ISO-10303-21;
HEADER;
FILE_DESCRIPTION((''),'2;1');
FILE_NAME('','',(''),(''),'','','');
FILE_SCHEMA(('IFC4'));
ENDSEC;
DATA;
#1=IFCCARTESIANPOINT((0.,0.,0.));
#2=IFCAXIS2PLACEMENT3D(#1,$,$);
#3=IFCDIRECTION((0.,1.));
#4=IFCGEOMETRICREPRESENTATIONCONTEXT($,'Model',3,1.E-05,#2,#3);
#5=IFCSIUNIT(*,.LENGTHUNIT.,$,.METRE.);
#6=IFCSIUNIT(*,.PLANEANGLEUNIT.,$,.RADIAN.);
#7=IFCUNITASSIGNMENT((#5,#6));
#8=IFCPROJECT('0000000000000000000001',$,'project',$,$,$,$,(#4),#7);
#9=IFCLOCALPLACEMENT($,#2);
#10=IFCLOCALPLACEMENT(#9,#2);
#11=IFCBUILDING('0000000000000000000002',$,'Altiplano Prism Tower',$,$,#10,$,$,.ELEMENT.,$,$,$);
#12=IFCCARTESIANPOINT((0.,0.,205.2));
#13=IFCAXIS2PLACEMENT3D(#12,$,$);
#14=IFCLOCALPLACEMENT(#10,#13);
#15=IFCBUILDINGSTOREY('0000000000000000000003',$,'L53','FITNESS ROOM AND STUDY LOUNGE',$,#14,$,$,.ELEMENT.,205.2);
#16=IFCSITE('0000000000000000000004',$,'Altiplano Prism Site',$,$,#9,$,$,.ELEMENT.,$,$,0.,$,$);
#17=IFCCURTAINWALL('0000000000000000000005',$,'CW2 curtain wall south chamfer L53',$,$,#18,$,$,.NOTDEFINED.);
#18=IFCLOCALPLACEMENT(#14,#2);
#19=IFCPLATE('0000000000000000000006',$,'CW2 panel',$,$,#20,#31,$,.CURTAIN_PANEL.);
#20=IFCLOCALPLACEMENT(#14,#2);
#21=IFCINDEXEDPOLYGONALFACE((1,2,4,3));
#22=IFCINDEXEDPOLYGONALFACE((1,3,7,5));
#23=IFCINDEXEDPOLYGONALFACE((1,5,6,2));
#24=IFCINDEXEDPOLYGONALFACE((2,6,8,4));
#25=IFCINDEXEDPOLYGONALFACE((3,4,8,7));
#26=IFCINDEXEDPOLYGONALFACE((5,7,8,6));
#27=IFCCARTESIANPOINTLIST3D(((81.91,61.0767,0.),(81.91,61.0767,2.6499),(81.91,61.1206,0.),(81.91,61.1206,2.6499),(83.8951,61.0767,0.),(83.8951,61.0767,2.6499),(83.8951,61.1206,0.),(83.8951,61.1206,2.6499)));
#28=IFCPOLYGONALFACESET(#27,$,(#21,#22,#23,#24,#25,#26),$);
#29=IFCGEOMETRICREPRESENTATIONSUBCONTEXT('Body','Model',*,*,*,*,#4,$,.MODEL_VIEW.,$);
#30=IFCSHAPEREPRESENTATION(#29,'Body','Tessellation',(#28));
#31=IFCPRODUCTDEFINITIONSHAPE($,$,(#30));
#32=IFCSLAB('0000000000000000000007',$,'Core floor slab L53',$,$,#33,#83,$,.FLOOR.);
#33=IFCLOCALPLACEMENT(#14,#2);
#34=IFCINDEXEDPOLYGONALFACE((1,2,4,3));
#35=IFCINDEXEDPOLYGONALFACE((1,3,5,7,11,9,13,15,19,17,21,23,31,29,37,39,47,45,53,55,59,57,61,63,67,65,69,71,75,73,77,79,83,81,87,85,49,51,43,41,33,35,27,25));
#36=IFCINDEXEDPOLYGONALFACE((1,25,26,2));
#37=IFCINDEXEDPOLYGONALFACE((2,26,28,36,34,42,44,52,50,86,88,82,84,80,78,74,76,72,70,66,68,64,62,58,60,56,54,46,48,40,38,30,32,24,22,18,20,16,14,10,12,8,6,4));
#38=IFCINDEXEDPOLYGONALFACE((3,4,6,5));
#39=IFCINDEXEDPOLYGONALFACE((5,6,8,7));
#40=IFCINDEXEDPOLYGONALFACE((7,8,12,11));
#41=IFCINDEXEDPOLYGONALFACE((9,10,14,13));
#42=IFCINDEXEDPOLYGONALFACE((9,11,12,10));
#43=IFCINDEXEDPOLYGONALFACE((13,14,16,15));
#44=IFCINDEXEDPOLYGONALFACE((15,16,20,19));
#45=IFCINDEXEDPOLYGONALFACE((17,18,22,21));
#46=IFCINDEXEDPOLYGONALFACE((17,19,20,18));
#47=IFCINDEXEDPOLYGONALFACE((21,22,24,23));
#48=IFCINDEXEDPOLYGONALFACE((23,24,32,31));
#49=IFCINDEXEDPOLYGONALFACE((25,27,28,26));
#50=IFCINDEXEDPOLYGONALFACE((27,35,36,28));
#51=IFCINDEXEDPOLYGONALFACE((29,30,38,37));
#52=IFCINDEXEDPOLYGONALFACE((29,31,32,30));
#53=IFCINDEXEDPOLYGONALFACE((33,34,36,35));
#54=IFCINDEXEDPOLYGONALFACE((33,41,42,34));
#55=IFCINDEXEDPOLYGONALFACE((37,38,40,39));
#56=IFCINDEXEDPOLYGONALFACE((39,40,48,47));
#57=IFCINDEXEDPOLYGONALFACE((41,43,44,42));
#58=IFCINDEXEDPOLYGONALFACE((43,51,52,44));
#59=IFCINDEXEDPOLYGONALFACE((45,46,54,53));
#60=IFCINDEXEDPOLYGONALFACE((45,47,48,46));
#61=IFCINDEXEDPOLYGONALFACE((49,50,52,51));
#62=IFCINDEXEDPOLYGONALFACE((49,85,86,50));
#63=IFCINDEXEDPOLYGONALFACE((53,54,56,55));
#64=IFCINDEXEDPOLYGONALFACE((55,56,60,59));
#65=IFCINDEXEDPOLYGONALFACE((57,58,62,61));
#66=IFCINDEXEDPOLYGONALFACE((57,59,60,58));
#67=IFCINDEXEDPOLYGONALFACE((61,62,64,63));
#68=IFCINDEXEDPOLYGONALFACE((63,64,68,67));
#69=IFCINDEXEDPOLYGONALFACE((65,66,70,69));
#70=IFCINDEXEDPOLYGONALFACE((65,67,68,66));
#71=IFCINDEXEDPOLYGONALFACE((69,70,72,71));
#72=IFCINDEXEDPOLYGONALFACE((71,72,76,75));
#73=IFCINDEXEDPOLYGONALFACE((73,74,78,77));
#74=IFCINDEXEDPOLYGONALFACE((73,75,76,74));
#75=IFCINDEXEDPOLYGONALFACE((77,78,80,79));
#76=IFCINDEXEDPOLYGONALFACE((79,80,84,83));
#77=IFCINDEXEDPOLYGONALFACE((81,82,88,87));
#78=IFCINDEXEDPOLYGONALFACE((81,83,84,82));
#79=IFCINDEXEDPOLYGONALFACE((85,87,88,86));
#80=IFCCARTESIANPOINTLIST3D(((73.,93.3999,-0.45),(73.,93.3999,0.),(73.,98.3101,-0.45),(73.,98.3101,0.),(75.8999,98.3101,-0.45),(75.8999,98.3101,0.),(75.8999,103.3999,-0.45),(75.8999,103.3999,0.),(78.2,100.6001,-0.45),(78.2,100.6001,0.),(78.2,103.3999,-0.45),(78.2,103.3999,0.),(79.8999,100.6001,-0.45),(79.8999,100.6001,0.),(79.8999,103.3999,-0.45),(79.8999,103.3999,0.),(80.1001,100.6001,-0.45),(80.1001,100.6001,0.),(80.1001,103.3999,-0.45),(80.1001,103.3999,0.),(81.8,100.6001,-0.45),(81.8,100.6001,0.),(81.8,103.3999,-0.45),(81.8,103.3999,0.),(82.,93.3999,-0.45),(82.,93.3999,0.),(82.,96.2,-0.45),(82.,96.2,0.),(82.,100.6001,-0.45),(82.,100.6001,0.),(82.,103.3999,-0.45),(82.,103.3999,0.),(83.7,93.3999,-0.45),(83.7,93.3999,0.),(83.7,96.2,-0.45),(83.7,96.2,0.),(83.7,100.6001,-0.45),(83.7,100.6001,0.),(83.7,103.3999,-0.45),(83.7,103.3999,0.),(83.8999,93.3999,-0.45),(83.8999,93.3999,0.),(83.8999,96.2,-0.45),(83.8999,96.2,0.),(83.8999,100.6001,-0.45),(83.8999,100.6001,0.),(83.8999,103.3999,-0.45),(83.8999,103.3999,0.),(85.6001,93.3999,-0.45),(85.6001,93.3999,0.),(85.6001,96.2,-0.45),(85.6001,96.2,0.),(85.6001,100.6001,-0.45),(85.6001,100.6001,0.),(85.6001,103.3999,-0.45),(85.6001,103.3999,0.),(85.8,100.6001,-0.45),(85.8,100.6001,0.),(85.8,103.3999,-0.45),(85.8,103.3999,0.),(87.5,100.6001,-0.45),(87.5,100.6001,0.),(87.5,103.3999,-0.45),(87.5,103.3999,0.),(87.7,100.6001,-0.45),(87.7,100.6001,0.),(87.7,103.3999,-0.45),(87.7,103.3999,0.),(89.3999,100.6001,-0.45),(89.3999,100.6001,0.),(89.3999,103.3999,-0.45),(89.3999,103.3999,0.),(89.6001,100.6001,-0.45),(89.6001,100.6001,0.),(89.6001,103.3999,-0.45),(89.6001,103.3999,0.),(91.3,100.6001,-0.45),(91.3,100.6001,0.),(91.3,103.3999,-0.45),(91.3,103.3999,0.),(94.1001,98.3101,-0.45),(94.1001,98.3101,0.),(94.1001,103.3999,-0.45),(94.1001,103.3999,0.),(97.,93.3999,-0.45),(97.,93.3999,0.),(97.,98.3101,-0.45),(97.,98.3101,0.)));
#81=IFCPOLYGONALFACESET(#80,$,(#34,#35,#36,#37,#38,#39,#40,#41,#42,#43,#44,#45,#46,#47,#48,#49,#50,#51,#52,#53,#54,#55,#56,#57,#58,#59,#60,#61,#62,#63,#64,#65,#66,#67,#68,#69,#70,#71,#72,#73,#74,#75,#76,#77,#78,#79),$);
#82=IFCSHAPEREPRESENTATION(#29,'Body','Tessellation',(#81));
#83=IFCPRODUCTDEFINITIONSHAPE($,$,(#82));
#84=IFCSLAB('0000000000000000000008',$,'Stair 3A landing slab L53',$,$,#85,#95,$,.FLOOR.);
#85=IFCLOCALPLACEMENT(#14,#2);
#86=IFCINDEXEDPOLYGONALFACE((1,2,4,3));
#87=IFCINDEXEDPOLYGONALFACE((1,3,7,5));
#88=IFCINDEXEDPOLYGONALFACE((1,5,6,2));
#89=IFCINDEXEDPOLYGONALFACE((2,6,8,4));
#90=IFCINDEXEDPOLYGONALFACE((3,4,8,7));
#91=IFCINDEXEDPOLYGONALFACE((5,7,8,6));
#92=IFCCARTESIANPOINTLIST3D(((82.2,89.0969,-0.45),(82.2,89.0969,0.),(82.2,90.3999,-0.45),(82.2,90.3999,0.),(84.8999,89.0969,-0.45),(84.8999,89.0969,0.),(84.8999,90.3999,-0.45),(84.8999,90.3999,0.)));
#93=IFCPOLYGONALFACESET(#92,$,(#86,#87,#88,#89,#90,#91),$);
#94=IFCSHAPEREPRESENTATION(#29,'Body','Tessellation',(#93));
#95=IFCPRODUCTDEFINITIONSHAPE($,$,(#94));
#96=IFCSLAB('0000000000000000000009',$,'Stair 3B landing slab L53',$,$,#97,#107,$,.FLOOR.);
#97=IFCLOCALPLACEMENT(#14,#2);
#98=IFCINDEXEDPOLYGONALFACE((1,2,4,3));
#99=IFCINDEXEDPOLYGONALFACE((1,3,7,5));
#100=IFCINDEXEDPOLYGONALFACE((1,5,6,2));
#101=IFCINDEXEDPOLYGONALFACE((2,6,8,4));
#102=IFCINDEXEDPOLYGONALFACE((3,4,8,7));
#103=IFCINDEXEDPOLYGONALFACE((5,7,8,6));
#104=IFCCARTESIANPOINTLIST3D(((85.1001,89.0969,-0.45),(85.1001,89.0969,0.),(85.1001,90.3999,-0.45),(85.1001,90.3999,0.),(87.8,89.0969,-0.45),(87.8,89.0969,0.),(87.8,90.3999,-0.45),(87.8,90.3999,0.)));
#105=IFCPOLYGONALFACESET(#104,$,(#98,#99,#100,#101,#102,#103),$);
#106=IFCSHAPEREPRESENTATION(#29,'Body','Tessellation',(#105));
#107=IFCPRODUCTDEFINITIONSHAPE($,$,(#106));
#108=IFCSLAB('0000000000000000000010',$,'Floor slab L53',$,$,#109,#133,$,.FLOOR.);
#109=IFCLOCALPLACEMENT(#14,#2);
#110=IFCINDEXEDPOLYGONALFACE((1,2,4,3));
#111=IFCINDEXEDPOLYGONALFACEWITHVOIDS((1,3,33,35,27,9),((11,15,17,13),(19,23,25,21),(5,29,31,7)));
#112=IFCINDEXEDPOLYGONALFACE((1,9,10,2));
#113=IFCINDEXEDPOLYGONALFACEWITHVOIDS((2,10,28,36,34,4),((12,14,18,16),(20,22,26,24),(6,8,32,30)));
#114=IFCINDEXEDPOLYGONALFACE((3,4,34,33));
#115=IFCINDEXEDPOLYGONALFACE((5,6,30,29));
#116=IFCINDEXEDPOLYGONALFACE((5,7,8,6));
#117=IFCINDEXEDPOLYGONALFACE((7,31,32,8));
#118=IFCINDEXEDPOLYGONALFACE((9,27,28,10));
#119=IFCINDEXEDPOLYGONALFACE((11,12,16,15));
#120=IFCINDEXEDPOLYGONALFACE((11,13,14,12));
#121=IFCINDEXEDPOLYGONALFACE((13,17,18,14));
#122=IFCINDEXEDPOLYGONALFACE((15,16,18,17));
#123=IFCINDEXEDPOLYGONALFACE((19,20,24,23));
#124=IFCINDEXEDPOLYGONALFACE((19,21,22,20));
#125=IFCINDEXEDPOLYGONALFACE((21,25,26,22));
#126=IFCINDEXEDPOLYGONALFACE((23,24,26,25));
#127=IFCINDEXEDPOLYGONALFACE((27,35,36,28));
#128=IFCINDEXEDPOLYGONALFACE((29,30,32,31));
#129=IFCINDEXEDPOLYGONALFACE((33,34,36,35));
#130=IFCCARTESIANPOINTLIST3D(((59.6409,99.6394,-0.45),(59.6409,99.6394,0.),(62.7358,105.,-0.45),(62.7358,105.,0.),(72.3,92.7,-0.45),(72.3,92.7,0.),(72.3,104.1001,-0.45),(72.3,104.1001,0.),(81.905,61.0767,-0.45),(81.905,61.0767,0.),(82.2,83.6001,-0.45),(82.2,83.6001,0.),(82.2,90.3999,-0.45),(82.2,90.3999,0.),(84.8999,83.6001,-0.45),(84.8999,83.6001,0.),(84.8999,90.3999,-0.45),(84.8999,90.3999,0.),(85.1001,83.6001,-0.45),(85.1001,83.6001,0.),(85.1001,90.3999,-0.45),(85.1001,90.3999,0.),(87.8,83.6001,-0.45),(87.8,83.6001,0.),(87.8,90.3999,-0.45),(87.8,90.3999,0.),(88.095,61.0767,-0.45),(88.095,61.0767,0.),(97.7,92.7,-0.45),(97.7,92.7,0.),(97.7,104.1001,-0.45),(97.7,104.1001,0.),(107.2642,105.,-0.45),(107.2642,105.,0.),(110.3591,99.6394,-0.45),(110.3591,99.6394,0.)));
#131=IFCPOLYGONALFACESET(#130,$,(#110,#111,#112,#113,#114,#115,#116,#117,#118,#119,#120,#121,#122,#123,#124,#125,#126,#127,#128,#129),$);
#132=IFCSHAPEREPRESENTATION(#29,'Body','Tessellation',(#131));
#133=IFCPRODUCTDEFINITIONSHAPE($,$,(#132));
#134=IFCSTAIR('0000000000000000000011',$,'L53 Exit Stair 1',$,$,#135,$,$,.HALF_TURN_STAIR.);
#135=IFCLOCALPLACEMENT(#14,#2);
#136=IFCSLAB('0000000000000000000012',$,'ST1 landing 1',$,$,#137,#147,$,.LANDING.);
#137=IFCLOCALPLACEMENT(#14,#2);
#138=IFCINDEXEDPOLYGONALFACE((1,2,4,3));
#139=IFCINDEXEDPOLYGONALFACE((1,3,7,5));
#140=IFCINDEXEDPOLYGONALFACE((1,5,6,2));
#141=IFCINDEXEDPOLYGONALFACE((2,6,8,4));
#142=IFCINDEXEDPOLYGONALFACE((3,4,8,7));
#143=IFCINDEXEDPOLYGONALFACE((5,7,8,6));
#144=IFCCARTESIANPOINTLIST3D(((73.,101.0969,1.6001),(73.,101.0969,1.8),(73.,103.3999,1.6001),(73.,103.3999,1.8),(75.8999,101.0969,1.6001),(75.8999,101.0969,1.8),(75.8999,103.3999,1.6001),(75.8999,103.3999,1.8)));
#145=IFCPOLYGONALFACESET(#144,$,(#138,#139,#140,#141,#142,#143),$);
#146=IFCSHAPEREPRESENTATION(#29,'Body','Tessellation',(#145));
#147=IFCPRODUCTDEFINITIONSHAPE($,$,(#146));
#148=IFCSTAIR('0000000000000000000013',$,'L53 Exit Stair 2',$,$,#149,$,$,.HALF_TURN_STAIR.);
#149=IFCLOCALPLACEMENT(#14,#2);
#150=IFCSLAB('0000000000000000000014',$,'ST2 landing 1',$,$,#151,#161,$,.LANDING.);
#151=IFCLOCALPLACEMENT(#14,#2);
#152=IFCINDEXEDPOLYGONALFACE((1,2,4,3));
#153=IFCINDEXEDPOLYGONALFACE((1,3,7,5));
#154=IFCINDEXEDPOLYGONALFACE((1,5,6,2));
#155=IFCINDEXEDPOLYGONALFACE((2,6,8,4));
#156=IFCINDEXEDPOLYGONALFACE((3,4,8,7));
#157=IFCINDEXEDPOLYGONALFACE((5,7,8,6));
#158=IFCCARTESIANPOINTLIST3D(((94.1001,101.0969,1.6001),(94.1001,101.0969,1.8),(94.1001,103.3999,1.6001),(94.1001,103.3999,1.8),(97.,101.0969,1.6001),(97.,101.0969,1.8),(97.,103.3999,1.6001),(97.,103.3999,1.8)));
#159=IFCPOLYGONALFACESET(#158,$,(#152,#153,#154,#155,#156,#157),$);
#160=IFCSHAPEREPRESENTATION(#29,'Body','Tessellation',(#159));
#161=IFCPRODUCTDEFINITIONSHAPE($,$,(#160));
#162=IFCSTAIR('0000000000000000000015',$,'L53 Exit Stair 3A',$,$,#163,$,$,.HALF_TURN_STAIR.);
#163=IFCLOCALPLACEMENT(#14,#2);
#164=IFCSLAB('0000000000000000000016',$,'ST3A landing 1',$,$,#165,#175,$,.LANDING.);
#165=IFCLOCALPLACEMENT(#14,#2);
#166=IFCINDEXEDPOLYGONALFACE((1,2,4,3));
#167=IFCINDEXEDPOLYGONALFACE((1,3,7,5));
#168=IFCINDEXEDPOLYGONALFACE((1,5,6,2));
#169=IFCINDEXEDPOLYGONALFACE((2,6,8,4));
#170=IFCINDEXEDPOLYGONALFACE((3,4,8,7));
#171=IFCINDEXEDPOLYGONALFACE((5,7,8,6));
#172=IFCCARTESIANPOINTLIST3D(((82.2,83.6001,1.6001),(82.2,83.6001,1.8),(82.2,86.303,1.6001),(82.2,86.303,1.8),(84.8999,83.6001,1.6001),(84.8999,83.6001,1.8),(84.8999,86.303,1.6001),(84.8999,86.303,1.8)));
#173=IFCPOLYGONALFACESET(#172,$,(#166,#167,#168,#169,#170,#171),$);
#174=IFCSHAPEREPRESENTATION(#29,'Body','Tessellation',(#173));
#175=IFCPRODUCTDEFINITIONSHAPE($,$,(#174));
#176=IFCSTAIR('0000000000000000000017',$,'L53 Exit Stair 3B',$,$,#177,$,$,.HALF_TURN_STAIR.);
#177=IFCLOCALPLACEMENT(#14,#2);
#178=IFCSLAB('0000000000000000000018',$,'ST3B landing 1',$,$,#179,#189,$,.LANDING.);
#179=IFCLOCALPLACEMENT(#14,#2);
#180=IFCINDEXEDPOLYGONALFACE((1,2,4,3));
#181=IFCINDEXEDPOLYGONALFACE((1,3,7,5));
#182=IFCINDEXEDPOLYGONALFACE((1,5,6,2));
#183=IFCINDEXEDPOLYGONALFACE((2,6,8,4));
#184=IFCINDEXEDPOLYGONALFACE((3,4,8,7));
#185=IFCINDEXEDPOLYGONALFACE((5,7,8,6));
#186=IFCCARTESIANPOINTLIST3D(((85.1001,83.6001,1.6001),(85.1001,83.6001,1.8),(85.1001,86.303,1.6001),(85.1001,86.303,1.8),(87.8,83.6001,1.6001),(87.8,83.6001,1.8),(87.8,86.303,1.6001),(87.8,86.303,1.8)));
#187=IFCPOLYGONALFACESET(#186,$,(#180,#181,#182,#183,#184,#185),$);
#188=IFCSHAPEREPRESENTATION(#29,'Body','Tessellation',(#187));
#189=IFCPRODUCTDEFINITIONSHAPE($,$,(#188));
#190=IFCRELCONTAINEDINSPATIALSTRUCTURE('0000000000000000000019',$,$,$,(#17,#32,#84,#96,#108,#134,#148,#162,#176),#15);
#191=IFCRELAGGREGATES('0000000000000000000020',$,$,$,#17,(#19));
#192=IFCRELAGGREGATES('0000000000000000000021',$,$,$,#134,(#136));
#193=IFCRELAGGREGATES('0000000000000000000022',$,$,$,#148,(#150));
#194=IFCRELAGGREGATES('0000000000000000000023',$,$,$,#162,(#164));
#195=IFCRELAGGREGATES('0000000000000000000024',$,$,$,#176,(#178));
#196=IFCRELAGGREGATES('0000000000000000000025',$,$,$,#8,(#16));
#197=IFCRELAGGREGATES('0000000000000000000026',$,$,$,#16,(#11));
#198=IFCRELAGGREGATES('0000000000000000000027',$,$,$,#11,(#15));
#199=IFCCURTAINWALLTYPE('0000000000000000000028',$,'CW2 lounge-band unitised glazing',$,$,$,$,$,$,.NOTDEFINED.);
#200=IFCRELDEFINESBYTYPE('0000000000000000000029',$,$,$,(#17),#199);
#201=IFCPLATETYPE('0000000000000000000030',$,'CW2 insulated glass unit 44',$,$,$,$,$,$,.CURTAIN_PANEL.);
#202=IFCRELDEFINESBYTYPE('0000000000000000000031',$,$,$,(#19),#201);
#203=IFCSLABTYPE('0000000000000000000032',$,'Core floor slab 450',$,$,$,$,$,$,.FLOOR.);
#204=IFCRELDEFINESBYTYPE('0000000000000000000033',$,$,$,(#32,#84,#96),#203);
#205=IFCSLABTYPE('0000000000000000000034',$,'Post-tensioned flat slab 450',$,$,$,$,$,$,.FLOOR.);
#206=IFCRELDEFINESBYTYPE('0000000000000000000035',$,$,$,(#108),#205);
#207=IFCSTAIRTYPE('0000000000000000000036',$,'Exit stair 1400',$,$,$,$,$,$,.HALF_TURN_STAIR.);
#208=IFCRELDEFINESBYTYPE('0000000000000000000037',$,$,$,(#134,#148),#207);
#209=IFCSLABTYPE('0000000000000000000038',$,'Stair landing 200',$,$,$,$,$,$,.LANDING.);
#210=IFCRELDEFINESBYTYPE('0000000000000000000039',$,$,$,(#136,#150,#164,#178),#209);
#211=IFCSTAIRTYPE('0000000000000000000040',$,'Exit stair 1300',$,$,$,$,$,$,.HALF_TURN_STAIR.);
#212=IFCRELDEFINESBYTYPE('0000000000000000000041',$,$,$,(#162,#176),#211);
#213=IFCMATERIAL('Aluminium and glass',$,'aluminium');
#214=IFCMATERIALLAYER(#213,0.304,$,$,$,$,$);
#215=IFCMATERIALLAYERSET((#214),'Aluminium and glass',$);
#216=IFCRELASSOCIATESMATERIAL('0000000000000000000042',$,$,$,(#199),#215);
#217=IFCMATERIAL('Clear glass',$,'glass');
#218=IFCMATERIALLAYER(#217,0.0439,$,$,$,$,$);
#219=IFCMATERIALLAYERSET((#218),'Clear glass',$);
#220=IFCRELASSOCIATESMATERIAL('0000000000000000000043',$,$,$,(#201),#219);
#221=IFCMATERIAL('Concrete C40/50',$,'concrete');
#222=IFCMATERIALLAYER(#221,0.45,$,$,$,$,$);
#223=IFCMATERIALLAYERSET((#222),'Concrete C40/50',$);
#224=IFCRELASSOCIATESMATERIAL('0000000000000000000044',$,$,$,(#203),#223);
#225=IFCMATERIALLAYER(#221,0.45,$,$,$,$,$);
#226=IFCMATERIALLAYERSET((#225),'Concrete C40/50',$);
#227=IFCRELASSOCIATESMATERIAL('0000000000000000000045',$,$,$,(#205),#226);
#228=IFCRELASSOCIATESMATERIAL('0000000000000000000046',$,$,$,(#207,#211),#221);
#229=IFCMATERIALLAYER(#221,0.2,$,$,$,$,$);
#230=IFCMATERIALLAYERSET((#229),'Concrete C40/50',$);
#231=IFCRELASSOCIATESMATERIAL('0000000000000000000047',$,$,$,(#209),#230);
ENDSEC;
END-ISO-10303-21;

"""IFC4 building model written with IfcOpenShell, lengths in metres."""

from ifc_helpers import new_model, si_unit, direction, frame, origin, origin_2d, place, context, subcontext, project, spatial, polyline, rectangle, outline, extrude, material, layer, layer_set, type_object, element, aggregate, save


model = new_model("IFC4")

# Units and contexts
model_context = context("Model", 3, precision=1e-05, world=origin(), true_north=direction((0.0, 1.0)))
body_context = subcontext(model_context, "Body", "Model", "MODEL_VIEW")
ifc_project = project(units=[si_unit("LENGTHUNIT", "METRE"), si_unit("PLANEANGLEUNIT", "RADIAN")], contexts=[model_context])

# Site, building, storey
site_placement = place(None, origin())
site = spatial("IfcSite", under=ifc_project, at=site_placement, Name="Altiplano Prism Site", CompositionType="ELEMENT", RefElevation=0.0)
building_placement = place(site_placement, origin())
building = spatial("IfcBuilding", under=site, at=building_placement, Name="Altiplano Prism Tower", CompositionType="ELEMENT")
storey_placement = place(building_placement, frame((0.0, 0.0, 205.2)))
storey = spatial("IfcBuildingStorey", under=building, at=storey_placement, Name="L53", Description="FITNESS ROOM AND STUDY LOUNGE", CompositionType="ELEMENT", Elevation=205.2)

# Shared definitions
ifc_material_1 = material(Name="Aluminium and glass", Category="aluminium")
ifc_layer_1 = layer(ifc_material_1, 0.304)
ifc_layer_set_1 = layer_set([ifc_layer_1], Name="Aluminium and glass")
curtain_wall_type = type_object("IfcCurtainWallType", Name="CW2 lounge-band unitised glazing", PredefinedType="NOTDEFINED", material=ifc_layer_set_1)

# Curtain wall
curtain_wall_1_placement = place(storey_placement, origin())
curtain_wall_1 = element("IfcCurtainWall", 1, at=curtain_wall_1_placement, inside=storey, type_object=curtain_wall_type, Name="CW2 curtain wall south chamfer L53", PredefinedType="NOTDEFINED")

# Plate
ifc_material_2 = material(Name="Clear glass", Category="glass")
ifc_layer_2 = layer(ifc_material_2, 0.0439)
ifc_layer_set_2 = layer_set([ifc_layer_2], Name="Clear glass")
plate_type = type_object("IfcPlateType", Name="CW2 insulated glass unit 44", PredefinedType="CURTAIN_PANEL", material=ifc_layer_set_2)
plate_1_placement = place(storey_placement, frame((82.9026, 61.0986, 0.0), z_axis=(0.0, 0.0, 1.0), x_axis=(1.0, 0.0, 0.0)))
plate_1 = element("IfcPlate", 2, at=plate_1_placement, type_object=plate_type, Name="CW2 panel", PredefinedType="CURTAIN_PANEL", context=body_context, shape_type="SweptSolid", body=[
    extrude(rectangle(XDim=1.9851, YDim=0.0439, at=origin_2d()), origin(), (0.0, 0.0, 1.0), 2.6499),
])
aggregate(curtain_wall_1, [plate_1])

# Slabs
ifc_material_3 = material(Name="Concrete C40/50", Category="concrete")
ifc_layer_3 = layer(ifc_material_3, 0.45)
ifc_layer_set_3 = layer_set([ifc_layer_3], Name="Concrete C40/50")
slab_type_1 = type_object("IfcSlabType", Name="Core floor slab 450", PredefinedType="FLOOR", material=ifc_layer_set_3)
slab_1_placement = place(storey_placement, frame((0.0, 0.0, -0.45)))
element("IfcSlab", 3, at=slab_1_placement, inside=storey, type_object=slab_type_1, Name="Core floor slab L53", PredefinedType="FLOOR", context=body_context, shape_type="SweptSolid", body=[
    extrude(outline(polyline([(97.0, 98.3101), (94.1001, 98.3101), (94.1001, 103.3999), (91.3, 103.3999), (91.3, 100.6001), (89.6001, 100.6001), (89.6001, 103.3999), (89.3999, 103.3999), (89.3999, 100.6001), (87.7, 100.6001), (87.7, 103.3999), (87.5, 103.3999), (87.5, 100.6001), (85.8, 100.6001), (85.8, 103.3999), (85.6001, 103.3999), (85.6001, 100.6001), (83.8999, 100.6001), (83.8999, 103.3999), (83.7, 103.3999), (83.7, 100.6001), (82.0, 100.6001), (82.0, 103.3999), (81.8, 103.3999), (81.8, 100.6001), (80.1001, 100.6001), (80.1001, 103.3999), (79.8999, 103.3999), (79.8999, 100.6001), (78.2, 100.6001), (78.2, 103.3999), (75.8999, 103.3999), (75.8999, 98.3101), (73.0, 98.3101), (73.0, 93.3999), (82.0, 93.3999), (82.0, 96.2), (83.7, 96.2), (83.7, 93.3999), (83.8999, 93.3999), (83.8999, 96.2), (85.6001, 96.2), (85.6001, 93.3999), (97.0, 93.3999), (97.0, 98.3101)])), origin(), (0.0, 0.0, 1.0), 0.45),
])
slab_2_placement = place(storey_placement, frame((0.0, 0.0, -0.45)))
element("IfcSlab", 4, at=slab_2_placement, inside=storey, type_object=slab_type_1, Name="Stair 3A landing slab L53", PredefinedType="FLOOR", context=body_context, shape_type="SweptSolid", body=[
    extrude(outline(polyline([(82.2, 89.0969), (84.8999, 89.0969), (84.8999, 90.3999), (82.2, 90.3999), (82.2, 89.0969)])), origin(), (0.0, 0.0, 1.0), 0.45),
])
slab_3_placement = place(storey_placement, frame((0.0, 0.0, -0.45)))
element("IfcSlab", 5, at=slab_3_placement, inside=storey, type_object=slab_type_1, Name="Stair 3B landing slab L53", PredefinedType="FLOOR", context=body_context, shape_type="SweptSolid", body=[
    extrude(outline(polyline([(85.1001, 89.0969), (87.8, 89.0969), (87.8, 90.3999), (85.1001, 90.3999), (85.1001, 89.0969)])), origin(), (0.0, 0.0, 1.0), 0.45),
])
ifc_layer_4 = layer(ifc_material_3, 0.45)
ifc_layer_set_4 = layer_set([ifc_layer_4], Name="Concrete C40/50")
slab_type_2 = type_object("IfcSlabType", Name="Post-tensioned flat slab 450", PredefinedType="FLOOR", material=ifc_layer_set_4)
slab_4_placement = place(storey_placement, frame((0.0, 0.0, -0.45)))
element("IfcSlab", 6, at=slab_4_placement, inside=storey, type_object=slab_type_2, Name="Floor slab L53", PredefinedType="FLOOR", context=body_context, shape_type="SweptSolid", body=[
    extrude(outline(polyline([(81.905, 61.0767), (59.6409, 99.6394), (62.7358, 105.0), (107.2642, 105.0), (110.3591, 99.6394), (88.095, 61.0767), (81.905, 61.0767)]), holes=[polyline([(72.3, 104.1001), (72.3, 92.7), (97.7, 92.7), (97.7, 104.1001), (72.3, 104.1001)]), polyline([(84.8999, 90.3999), (82.2, 90.3999), (82.2, 83.6001), (84.8999, 83.6001), (84.8999, 90.3999)]), polyline([(87.8, 83.6001), (87.8, 90.3999), (85.1001, 90.3999), (85.1001, 83.6001), (87.8, 83.6001)])]), origin(), (0.0, 0.0, 1.0), 0.45),
])

# Stairs, slabs
stair_type_1 = type_object("IfcStairType", Name="Exit stair 1400", PredefinedType="HALF_TURN_STAIR", material=ifc_material_3)
stair_1_placement = place(storey_placement, origin())
stair_1 = element("IfcStair", 7, at=stair_1_placement, inside=storey, type_object=stair_type_1, Name="L53 Exit Stair 1", PredefinedType="HALF_TURN_STAIR")
ifc_layer_5 = layer(ifc_material_3, 0.2)
ifc_layer_set_5 = layer_set([ifc_layer_5], Name="Concrete C40/50")
slab_type_3 = type_object("IfcSlabType", Name="Stair landing 200", PredefinedType="LANDING", material=ifc_layer_set_5)
slab_5_placement = place(storey_placement, frame((0.0, 0.0, 1.6001)))
slab_5 = element("IfcSlab", 8, at=slab_5_placement, type_object=slab_type_3, Name="ST1 landing 1", PredefinedType="LANDING", context=body_context, shape_type="SweptSolid", body=[
    extrude(outline(polyline([(75.8999, 101.0969), (75.8999, 103.3999), (73.0, 103.3999), (73.0, 101.0969), (75.8999, 101.0969)])), origin(), (0.0, 0.0, 1.0), 0.2),
])
aggregate(stair_1, [slab_5])
stair_2_placement = place(storey_placement, origin())
stair_2 = element("IfcStair", 9, at=stair_2_placement, inside=storey, type_object=stair_type_1, Name="L53 Exit Stair 2", PredefinedType="HALF_TURN_STAIR")
slab_6_placement = place(storey_placement, frame((0.0, 0.0, 1.6001)))
slab_6 = element("IfcSlab", 10, at=slab_6_placement, type_object=slab_type_3, Name="ST2 landing 1", PredefinedType="LANDING", context=body_context, shape_type="SweptSolid", body=[
    extrude(outline(polyline([(97.0, 101.0969), (97.0, 103.3999), (94.1001, 103.3999), (94.1001, 101.0969), (97.0, 101.0969)])), origin(), (0.0, 0.0, 1.0), 0.2),
])
aggregate(stair_2, [slab_6])
stair_type_2 = type_object("IfcStairType", Name="Exit stair 1300", PredefinedType="HALF_TURN_STAIR", material=ifc_material_3)
stair_3_placement = place(storey_placement, origin())
stair_3 = element("IfcStair", 11, at=stair_3_placement, inside=storey, type_object=stair_type_2, Name="L53 Exit Stair 3A", PredefinedType="HALF_TURN_STAIR")
slab_7_placement = place(storey_placement, frame((0.0, 0.0, 1.6001)))
slab_7 = element("IfcSlab", 12, at=slab_7_placement, type_object=slab_type_3, Name="ST3A landing 1", PredefinedType="LANDING", context=body_context, shape_type="SweptSolid", body=[
    extrude(outline(polyline([(82.2, 86.303), (82.2, 83.6001), (84.8999, 83.6001), (84.8999, 86.303), (82.2, 86.303)])), origin(), (0.0, 0.0, 1.0), 0.2),
])
aggregate(stair_3, [slab_7])
stair_4_placement = place(storey_placement, origin())
stair_4 = element("IfcStair", 13, at=stair_4_placement, inside=storey, type_object=stair_type_2, Name="L53 Exit Stair 3B", PredefinedType="HALF_TURN_STAIR")
slab_8_placement = place(storey_placement, frame((0.0, 0.0, 1.6001)))
slab_8 = element("IfcSlab", 14, at=slab_8_placement, type_object=slab_type_3, Name="ST3B landing 1", PredefinedType="LANDING", context=body_context, shape_type="SweptSolid", body=[
    extrude(outline(polyline([(85.1001, 86.303), (85.1001, 83.6001), (87.8, 83.6001), (87.8, 86.303), (85.1001, 86.303)])), origin(), (0.0, 0.0, 1.0), 0.2),
])
aggregate(stair_4, [slab_8])

save(model, "model.ifc")
